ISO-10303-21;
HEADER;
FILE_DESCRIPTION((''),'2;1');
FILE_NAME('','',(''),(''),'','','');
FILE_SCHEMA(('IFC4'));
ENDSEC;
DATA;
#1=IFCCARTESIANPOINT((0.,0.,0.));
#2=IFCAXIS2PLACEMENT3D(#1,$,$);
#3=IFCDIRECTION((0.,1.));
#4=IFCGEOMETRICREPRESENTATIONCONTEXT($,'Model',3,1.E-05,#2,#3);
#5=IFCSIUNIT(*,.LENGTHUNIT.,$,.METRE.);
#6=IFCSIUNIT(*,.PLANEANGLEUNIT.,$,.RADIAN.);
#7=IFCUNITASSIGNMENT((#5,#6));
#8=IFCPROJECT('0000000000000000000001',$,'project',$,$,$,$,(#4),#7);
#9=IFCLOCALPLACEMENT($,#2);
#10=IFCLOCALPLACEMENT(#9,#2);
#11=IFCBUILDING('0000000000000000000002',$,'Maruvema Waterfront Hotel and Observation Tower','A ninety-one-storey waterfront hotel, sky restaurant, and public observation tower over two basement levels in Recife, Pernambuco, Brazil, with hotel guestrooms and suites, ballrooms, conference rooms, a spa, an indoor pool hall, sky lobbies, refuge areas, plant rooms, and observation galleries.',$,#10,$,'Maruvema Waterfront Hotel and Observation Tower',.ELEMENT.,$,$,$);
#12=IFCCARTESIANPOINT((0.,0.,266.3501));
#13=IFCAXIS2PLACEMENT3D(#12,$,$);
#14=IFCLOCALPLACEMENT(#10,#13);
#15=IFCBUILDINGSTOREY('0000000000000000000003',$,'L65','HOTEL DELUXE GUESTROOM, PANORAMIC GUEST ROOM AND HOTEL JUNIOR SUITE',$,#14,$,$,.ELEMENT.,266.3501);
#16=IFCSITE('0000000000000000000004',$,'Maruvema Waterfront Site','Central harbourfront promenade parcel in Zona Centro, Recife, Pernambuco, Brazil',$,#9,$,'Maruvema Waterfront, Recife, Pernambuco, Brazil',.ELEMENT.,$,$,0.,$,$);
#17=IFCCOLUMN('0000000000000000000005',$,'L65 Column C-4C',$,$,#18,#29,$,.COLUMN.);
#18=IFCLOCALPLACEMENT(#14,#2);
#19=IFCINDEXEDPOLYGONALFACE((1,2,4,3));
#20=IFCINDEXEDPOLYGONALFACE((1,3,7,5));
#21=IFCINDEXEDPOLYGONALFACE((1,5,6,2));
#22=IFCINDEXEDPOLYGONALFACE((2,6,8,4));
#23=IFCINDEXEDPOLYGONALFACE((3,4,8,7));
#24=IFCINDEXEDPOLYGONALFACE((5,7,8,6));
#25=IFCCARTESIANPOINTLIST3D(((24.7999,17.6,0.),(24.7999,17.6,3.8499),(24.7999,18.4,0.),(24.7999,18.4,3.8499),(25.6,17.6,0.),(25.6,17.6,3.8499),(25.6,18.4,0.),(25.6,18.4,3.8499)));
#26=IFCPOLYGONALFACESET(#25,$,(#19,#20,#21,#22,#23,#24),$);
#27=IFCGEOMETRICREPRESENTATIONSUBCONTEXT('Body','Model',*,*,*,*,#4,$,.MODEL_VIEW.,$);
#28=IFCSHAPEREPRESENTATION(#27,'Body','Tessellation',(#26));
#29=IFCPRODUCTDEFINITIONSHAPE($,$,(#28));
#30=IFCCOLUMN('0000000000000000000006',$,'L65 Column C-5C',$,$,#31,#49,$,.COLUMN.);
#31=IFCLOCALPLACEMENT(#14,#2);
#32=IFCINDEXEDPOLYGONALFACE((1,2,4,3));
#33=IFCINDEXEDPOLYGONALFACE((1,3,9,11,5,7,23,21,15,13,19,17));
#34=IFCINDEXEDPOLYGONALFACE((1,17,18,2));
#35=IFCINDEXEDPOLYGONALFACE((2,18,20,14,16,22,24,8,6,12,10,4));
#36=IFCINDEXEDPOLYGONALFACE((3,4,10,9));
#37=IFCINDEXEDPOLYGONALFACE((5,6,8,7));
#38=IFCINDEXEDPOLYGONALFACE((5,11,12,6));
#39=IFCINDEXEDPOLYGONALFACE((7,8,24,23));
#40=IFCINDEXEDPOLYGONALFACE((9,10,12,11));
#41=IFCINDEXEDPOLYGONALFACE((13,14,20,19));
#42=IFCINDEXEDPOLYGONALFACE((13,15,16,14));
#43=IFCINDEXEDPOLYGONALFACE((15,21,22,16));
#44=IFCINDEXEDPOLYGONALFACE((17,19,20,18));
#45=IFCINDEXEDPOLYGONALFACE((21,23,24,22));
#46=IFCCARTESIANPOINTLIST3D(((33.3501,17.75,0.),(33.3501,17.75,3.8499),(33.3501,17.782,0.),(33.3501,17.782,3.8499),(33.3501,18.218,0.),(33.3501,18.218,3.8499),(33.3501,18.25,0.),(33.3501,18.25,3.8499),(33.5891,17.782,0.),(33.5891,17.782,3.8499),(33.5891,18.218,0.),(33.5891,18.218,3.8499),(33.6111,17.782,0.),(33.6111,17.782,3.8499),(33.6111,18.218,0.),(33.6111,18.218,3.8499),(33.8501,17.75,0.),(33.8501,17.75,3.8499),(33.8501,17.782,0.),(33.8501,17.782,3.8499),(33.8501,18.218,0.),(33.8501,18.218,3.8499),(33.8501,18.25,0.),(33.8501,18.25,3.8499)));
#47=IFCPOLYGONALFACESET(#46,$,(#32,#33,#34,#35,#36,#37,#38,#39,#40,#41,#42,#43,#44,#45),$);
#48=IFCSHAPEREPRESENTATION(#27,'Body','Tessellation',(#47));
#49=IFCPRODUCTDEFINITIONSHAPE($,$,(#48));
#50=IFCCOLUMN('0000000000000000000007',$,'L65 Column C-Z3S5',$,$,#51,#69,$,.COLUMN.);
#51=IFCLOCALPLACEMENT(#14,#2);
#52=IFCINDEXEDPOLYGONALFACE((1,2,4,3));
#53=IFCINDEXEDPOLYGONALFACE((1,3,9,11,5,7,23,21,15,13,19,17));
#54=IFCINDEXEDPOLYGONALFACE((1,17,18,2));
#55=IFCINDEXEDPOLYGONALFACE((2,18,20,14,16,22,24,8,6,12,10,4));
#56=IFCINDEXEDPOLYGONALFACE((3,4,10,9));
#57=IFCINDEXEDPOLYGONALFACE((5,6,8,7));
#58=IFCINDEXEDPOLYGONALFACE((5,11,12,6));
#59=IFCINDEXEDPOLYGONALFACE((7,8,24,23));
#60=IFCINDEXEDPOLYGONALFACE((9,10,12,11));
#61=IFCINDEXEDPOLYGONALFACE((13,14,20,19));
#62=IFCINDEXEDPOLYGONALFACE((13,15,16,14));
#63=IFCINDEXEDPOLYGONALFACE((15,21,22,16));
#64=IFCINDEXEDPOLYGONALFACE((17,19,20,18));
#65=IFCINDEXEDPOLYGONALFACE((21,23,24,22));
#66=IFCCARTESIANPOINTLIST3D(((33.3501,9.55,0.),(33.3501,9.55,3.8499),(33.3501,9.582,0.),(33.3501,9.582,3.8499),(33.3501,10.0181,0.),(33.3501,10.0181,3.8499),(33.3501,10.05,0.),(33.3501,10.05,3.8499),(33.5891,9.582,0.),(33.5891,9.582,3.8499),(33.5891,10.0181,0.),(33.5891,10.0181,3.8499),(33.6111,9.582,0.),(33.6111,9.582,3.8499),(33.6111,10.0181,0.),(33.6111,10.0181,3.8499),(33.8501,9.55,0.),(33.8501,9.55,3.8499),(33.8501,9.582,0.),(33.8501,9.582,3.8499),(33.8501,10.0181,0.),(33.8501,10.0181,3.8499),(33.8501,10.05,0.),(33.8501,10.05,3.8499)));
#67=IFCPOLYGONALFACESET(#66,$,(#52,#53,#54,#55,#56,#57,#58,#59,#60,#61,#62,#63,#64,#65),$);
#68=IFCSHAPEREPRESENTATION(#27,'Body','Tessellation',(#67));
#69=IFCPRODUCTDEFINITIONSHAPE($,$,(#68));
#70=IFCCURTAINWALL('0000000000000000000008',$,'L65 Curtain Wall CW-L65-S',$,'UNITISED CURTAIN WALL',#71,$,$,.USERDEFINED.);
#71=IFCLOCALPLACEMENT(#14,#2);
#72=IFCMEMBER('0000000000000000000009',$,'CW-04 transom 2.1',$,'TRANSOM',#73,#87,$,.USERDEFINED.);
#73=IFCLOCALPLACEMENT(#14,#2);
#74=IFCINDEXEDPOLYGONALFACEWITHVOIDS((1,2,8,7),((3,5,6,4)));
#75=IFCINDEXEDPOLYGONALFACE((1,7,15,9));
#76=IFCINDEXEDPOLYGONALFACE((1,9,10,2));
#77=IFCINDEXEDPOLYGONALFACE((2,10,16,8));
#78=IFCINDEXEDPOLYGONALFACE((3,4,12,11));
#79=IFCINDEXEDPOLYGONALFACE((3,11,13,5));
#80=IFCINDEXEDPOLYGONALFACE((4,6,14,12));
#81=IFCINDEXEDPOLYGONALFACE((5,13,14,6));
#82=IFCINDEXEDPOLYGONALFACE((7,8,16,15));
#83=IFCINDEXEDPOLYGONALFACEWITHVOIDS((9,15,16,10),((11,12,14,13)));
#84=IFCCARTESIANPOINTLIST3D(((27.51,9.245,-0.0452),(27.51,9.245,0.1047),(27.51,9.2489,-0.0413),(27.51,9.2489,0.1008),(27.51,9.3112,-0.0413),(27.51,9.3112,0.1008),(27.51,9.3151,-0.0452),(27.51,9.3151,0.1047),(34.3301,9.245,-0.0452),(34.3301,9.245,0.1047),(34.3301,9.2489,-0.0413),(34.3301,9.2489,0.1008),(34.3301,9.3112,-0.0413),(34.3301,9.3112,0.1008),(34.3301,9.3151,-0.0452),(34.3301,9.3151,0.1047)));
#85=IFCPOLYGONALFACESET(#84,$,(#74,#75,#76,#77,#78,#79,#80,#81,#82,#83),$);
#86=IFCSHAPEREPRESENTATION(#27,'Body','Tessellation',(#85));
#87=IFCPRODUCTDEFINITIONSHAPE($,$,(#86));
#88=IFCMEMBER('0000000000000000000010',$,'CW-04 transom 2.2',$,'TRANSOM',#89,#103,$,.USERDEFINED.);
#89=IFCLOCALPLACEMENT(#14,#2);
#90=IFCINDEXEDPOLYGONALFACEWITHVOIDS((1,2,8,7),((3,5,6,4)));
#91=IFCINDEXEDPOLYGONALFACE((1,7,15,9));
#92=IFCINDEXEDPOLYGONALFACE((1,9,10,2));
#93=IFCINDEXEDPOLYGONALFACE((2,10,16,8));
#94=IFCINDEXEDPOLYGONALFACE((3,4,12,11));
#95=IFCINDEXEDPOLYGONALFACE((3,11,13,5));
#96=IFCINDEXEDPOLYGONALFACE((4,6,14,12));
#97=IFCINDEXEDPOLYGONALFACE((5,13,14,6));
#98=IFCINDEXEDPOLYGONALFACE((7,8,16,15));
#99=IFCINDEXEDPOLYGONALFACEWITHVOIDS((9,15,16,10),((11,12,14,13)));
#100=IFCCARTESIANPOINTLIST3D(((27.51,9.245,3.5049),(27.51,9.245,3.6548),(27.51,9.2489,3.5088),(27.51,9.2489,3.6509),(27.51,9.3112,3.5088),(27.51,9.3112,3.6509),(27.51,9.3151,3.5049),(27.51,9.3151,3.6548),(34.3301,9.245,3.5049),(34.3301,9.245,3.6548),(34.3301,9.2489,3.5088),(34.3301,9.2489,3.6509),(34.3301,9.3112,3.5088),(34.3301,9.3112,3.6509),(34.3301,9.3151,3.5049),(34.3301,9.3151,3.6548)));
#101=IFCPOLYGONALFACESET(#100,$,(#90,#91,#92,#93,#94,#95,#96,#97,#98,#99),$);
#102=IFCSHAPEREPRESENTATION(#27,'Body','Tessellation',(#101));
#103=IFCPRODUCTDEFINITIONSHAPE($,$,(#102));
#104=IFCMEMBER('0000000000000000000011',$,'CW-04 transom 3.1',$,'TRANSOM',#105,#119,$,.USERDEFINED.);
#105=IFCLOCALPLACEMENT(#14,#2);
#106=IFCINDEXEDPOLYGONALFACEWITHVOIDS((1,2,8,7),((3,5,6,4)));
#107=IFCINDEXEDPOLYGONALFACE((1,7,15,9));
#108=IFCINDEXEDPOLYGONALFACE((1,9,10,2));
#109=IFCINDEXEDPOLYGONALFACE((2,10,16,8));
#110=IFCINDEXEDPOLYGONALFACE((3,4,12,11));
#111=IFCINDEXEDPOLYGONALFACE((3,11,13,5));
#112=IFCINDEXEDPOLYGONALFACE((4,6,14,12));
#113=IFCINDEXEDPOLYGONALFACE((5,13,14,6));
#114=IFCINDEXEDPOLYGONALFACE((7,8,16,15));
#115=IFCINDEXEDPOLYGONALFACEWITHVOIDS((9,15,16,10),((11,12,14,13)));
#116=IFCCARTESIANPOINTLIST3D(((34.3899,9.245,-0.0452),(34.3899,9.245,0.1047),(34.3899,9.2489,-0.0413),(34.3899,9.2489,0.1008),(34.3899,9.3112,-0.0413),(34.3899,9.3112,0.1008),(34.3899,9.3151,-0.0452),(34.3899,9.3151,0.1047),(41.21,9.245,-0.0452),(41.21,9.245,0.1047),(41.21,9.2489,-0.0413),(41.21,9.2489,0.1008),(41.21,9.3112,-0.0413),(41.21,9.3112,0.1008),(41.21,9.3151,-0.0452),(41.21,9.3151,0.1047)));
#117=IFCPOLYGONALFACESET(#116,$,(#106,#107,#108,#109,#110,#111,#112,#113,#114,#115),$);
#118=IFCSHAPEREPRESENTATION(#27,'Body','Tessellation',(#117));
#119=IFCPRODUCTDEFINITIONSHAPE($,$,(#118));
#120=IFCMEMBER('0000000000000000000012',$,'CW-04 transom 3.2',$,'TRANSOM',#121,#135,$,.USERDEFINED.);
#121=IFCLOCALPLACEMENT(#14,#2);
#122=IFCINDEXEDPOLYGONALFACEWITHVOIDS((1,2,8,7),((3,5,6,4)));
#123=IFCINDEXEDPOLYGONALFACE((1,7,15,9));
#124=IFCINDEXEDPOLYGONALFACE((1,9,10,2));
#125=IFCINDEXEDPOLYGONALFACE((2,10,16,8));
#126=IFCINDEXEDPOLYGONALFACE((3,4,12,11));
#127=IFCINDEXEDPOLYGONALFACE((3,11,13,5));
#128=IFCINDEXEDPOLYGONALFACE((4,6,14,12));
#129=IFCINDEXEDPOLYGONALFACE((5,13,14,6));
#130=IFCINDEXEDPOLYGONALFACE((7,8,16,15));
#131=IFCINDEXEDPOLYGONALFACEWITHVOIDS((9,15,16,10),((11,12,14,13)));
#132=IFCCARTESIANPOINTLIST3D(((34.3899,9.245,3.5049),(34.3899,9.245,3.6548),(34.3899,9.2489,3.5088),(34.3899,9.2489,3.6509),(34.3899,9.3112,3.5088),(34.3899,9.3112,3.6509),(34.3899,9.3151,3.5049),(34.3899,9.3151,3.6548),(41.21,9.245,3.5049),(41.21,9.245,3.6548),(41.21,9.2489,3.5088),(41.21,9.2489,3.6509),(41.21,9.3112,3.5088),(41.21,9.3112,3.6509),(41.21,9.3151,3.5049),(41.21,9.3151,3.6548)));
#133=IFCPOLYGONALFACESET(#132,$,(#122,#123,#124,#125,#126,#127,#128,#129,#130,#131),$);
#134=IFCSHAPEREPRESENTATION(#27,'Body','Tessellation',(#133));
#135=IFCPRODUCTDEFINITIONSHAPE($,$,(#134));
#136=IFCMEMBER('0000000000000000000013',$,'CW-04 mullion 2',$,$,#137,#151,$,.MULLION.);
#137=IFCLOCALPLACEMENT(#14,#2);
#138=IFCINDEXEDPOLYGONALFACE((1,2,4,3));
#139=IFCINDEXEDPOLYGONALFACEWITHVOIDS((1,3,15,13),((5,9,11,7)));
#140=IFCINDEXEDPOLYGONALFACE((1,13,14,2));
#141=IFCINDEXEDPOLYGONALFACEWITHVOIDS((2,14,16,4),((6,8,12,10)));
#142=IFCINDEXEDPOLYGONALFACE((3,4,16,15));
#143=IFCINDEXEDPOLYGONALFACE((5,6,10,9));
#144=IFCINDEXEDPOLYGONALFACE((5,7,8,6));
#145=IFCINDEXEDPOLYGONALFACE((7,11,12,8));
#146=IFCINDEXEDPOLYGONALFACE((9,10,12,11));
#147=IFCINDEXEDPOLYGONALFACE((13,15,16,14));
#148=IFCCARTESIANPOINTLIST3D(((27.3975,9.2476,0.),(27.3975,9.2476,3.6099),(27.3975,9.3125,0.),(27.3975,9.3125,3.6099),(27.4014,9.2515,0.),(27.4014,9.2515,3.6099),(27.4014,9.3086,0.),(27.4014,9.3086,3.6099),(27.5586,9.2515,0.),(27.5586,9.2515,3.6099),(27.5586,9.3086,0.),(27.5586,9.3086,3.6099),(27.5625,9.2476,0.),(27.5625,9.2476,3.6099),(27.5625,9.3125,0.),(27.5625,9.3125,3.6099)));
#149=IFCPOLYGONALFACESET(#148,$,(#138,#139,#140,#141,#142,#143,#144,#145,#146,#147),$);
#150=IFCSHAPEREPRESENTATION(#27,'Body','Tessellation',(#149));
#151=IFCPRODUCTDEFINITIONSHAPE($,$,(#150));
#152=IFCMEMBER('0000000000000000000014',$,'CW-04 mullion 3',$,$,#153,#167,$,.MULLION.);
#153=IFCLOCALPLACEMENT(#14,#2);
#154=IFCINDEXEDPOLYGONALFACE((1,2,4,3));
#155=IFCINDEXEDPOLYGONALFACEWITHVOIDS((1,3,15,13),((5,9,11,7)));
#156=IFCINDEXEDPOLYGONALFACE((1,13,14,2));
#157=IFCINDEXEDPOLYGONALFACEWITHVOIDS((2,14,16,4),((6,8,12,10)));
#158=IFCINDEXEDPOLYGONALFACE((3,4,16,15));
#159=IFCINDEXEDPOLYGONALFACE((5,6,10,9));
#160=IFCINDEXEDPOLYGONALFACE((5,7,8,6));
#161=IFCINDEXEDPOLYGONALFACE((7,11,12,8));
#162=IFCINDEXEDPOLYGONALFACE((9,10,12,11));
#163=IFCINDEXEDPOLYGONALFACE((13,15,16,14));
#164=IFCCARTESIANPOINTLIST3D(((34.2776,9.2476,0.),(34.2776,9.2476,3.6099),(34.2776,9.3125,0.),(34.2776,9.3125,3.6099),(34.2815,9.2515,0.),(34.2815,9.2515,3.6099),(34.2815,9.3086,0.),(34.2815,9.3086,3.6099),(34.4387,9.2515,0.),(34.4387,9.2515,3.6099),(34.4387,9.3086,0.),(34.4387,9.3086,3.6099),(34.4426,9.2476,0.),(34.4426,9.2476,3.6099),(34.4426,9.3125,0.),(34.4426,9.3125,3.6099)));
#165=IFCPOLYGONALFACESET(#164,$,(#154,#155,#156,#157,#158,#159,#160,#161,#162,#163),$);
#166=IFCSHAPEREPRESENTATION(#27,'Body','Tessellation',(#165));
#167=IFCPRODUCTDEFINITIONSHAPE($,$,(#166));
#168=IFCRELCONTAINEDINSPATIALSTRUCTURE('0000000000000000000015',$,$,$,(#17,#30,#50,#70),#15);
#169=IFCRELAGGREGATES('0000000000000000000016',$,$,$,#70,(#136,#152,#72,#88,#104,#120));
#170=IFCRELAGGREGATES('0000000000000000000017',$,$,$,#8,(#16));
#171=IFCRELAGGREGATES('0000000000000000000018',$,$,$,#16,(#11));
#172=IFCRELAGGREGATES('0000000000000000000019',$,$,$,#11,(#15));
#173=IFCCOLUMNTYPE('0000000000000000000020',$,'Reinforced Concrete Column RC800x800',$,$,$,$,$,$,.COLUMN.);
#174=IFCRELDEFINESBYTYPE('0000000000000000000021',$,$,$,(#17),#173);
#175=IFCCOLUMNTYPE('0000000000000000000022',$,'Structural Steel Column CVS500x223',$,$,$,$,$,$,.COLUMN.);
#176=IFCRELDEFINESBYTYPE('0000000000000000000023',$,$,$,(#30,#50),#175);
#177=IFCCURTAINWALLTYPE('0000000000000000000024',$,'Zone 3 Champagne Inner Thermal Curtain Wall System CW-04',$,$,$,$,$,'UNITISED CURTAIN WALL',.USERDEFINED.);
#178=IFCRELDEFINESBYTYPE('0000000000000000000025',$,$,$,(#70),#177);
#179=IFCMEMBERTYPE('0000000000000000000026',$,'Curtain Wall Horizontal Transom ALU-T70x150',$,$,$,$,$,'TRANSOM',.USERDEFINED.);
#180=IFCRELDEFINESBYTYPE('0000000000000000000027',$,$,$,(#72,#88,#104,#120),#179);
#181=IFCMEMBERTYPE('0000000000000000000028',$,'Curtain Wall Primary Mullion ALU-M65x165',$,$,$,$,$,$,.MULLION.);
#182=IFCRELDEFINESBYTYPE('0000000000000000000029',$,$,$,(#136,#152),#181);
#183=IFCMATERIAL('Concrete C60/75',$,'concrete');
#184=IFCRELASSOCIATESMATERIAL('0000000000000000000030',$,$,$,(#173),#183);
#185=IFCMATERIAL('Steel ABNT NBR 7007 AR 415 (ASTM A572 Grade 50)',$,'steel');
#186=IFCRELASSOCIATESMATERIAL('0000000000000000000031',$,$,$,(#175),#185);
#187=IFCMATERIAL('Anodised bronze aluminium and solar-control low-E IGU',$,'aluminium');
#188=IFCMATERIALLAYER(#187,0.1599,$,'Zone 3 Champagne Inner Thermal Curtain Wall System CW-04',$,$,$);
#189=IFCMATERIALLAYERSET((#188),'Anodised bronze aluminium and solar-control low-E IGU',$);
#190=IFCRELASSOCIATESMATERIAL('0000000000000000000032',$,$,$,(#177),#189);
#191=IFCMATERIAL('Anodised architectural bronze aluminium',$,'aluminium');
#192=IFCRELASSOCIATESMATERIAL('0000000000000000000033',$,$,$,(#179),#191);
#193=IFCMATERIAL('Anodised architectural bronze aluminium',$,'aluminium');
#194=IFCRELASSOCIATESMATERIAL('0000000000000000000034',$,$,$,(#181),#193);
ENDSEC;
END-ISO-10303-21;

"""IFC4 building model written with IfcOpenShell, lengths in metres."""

from ifc_helpers import new_model, si_unit, direction, frame, origin, origin_2d, place, context, subcontext, project, spatial, rectangle, hollow_rectangle, i_section, extrude, material, layer, layer_set, material_profile, profile_set, type_object, element, aggregate, save


model = new_model("IFC4")

# Units and contexts
model_context = context("Model", 3, precision=1e-05, world=origin(), true_north=direction((0.0, 1.0)))
body_context = subcontext(model_context, "Body", "Model", "MODEL_VIEW")
ifc_project = project(units=[si_unit("LENGTHUNIT", "METRE"), si_unit("PLANEANGLEUNIT", "RADIAN")], contexts=[model_context])

# Site, building, storey
site_placement = place(None, origin())
site = spatial("IfcSite", under=ifc_project, at=site_placement, Name="Maruvema Waterfront Site", Description="Central harbourfront promenade parcel in Zona Centro, Recife, Pernambuco, Brazil", LongName="Maruvema Waterfront, Recife, Pernambuco, Brazil", CompositionType="ELEMENT", RefElevation=0.0)
building_placement = place(site_placement, origin())
building = spatial("IfcBuilding", under=site, at=building_placement, Name="Maruvema Waterfront Hotel and Observation Tower", Description="A ninety-one-storey waterfront hotel, sky restaurant, and public observation tower over two basement levels in Recife, Pernambuco, Brazil, with hotel guestrooms and suites, ballrooms, conference rooms, a spa, an indoor pool hall, sky lobbies, refuge areas, plant rooms, and observation galleries.", LongName="Maruvema Waterfront Hotel and Observation Tower", CompositionType="ELEMENT")
storey_placement = place(building_placement, frame((0.0, 0.0, 266.3501)))
storey = spatial("IfcBuildingStorey", under=building, at=storey_placement, Name="L65", Description="HOTEL DELUXE GUESTROOM, PANORAMIC GUEST ROOM AND HOTEL JUNIOR SUITE", CompositionType="ELEMENT", Elevation=266.3501)

# Columns
ifc_material_1 = material(Name="Concrete C60/75", Category="concrete")
ifc_material_profile_1 = material_profile(ifc_material_1, rectangle(XDim=0.8, YDim=0.8, at=origin_2d()), Name="RC800x800")
ifc_profile_set_1 = profile_set([ifc_material_profile_1], Name="Concrete C60/75")
column_type_1 = type_object("IfcColumnType", Name="Reinforced Concrete Column RC800x800", PredefinedType="COLUMN", material=ifc_profile_set_1)
column_placement = place(storey_placement, frame((25.2, 18.0, 0.0), z_axis=(0.0, 0.0, 1.0), x_axis=(1.0, 0.0, 0.0)))
element("IfcColumn", 1, at=column_placement, inside=storey, type_object=column_type_1, Name="L65 Column C-4C", PredefinedType="COLUMN", context=body_context, shape_type="SweptSolid", body=[
    extrude(rectangle(XDim=0.8, YDim=0.8, at=origin_2d()), origin(), (0.0, 0.0, 1.0), 3.8499),
])
ifc_material_2 = material(Name="Steel ABNT NBR 7007 AR 415 (ASTM A572 Grade 50)", Category="steel")
ifc_material_profile_2 = material_profile(ifc_material_2, i_section(OverallWidth=0.5, OverallDepth=0.5, WebThickness=0.022, FlangeThickness=0.032, at=origin_2d()), Name="CVS500x223")
ifc_profile_set_2 = profile_set([ifc_material_profile_2], Name="Steel ABNT NBR 7007 AR 415 (ASTM A572 Grade 50)")
column_type_2 = type_object("IfcColumnType", Name="Structural Steel Column CVS500x223", PredefinedType="COLUMN", material=ifc_profile_set_2)
for number, where, z_axis, x_axis, name in (
    (2, (33.6001, 18.0, 0.0), (0.0, 0.0, 1.0), (1.0, 0.0, 0.0), "L65 Column C-5C"),
    (3, (33.6001, 9.8, 0.0), (0.0, 0.0, 1.0), (1.0, 0.0, 0.0), "L65 Column C-Z3S5"),
):
    element("IfcColumn", number, at=place(storey_placement, frame(where, z_axis=z_axis, x_axis=x_axis)), inside=storey, type_object=column_type_2, Name=name, PredefinedType="COLUMN", context=body_context, shape_type="SweptSolid", body=[
        extrude(i_section(OverallWidth=0.5, OverallDepth=0.5, WebThickness=0.022, FlangeThickness=0.032, at=origin_2d()), origin(), (0.0, 0.0, 1.0), 3.8499),
    ])

# Curtain wall, members
ifc_material_3 = material(Name="Anodised bronze aluminium and solar-control low-E IGU", Category="aluminium")
ifc_layer_1 = layer(ifc_material_3, 0.1599, Name="Zone 3 Champagne Inner Thermal Curtain Wall System CW-04")
ifc_layer_set_1 = layer_set([ifc_layer_1], Name="Anodised bronze aluminium and solar-control low-E IGU")
curtain_wall_type = type_object("IfcCurtainWallType", Name="Zone 3 Champagne Inner Thermal Curtain Wall System CW-04", ElementType="UNITISED CURTAIN WALL", PredefinedType="USERDEFINED", material=ifc_layer_set_1)
curtain_wall_placement = place(storey_placement, origin())
curtain_wall = element("IfcCurtainWall", 4, at=curtain_wall_placement, inside=storey, type_object=curtain_wall_type, Name="L65 Curtain Wall CW-L65-S", ObjectType="UNITISED CURTAIN WALL", PredefinedType="USERDEFINED")
ifc_material_4 = material(Name="Anodised architectural bronze aluminium", Category="aluminium")
ifc_material_profile_3 = material_profile(ifc_material_4, hollow_rectangle(XDim=0.0701, YDim=0.1499, WallThickness=0.0039, at=origin_2d()), Name="ALU-T70x150")
ifc_profile_set_3 = profile_set([ifc_material_profile_3], Name="Anodised architectural bronze aluminium")
member_type_1 = type_object("IfcMemberType", Name="Curtain Wall Horizontal Transom ALU-T70x150", ElementType="TRANSOM", PredefinedType="USERDEFINED", material=ifc_profile_set_3)
member_1_placement = place(storey_placement, frame((27.51, 9.28, 0.0298), z_axis=(1.0, 0.0, 0.0), x_axis=(0.0, 1.0, 0.0)))
member_1 = element("IfcMember", 5, at=member_1_placement, type_object=member_type_1, Name="CW-04 transom 2.1", ObjectType="TRANSOM", PredefinedType="USERDEFINED", context=body_context, shape_type="SweptSolid", body=[
    extrude(hollow_rectangle(XDim=0.0701, YDim=0.1499, WallThickness=0.0039, at=origin_2d()), origin(), (0.0, 0.0, 1.0), 6.8201),
])
member_2_placement = place(storey_placement, frame((27.51, 9.28, 3.5798), z_axis=(1.0, 0.0, 0.0), x_axis=(0.0, 1.0, 0.0)))
member_2 = element("IfcMember", 6, at=member_2_placement, type_object=member_type_1, Name="CW-04 transom 2.2", ObjectType="TRANSOM", PredefinedType="USERDEFINED", context=body_context, shape_type="SweptSolid", body=[
    extrude(hollow_rectangle(XDim=0.0701, YDim=0.1499, WallThickness=0.0039, at=origin_2d()), origin(), (0.0, 0.0, 1.0), 6.8201),
])
member_3_placement = place(storey_placement, frame((34.3899, 9.28, 0.0298), z_axis=(1.0, 0.0, 0.0), x_axis=(0.0, 1.0, 0.0)))
member_3 = element("IfcMember", 7, at=member_3_placement, type_object=member_type_1, Name="CW-04 transom 3.1", ObjectType="TRANSOM", PredefinedType="USERDEFINED", context=body_context, shape_type="SweptSolid", body=[
    extrude(hollow_rectangle(XDim=0.0701, YDim=0.1499, WallThickness=0.0039, at=origin_2d()), origin(), (0.0, 0.0, 1.0), 6.8201),
])
member_4_placement = place(storey_placement, frame((34.3899, 9.28, 3.5798), z_axis=(1.0, 0.0, 0.0), x_axis=(0.0, 1.0, 0.0)))
member_4 = element("IfcMember", 8, at=member_4_placement, type_object=member_type_1, Name="CW-04 transom 3.2", ObjectType="TRANSOM", PredefinedType="USERDEFINED", context=body_context, shape_type="SweptSolid", body=[
    extrude(hollow_rectangle(XDim=0.0701, YDim=0.1499, WallThickness=0.0039, at=origin_2d()), origin(), (0.0, 0.0, 1.0), 6.8201),
])
ifc_material_5 = material(Name="Anodised architectural bronze aluminium", Category="aluminium")
ifc_material_profile_4 = material_profile(ifc_material_5, hollow_rectangle(XDim=0.0649, YDim=0.165, WallThickness=0.0039, at=origin_2d()), Name="ALU-M65x165")
ifc_profile_set_4 = profile_set([ifc_material_profile_4], Name="Anodised architectural bronze aluminium")
member_type_2 = type_object("IfcMemberType", Name="Curtain Wall Primary Mullion ALU-M65x165", PredefinedType="MULLION", material=ifc_profile_set_4)
member_5_placement = place(storey_placement, frame((27.48, 9.28, 0.0), z_axis=(0.0, 0.0, 1.0), x_axis=(0.0, 1.0, 0.0)))
member_5 = element("IfcMember", 9, at=member_5_placement, type_object=member_type_2, Name="CW-04 mullion 2", PredefinedType="MULLION", context=body_context, shape_type="SweptSolid", body=[
    extrude(hollow_rectangle(XDim=0.0649, YDim=0.165, WallThickness=0.0039, at=origin_2d()), origin(), (0.0, 0.0, 1.0), 3.6099),
])
member_6_placement = place(storey_placement, frame((34.3601, 9.28, 0.0), z_axis=(0.0, 0.0, 1.0), x_axis=(0.0, 1.0, 0.0)))
member_6 = element("IfcMember", 10, at=member_6_placement, type_object=member_type_2, Name="CW-04 mullion 3", PredefinedType="MULLION", context=body_context, shape_type="SweptSolid", body=[
    extrude(hollow_rectangle(XDim=0.0649, YDim=0.165, WallThickness=0.0039, at=origin_2d()), origin(), (0.0, 0.0, 1.0), 3.6099),
])

aggregate(curtain_wall, [member_5, member_6, member_1, member_2, member_3, member_4])

save(model, "model.ifc")
